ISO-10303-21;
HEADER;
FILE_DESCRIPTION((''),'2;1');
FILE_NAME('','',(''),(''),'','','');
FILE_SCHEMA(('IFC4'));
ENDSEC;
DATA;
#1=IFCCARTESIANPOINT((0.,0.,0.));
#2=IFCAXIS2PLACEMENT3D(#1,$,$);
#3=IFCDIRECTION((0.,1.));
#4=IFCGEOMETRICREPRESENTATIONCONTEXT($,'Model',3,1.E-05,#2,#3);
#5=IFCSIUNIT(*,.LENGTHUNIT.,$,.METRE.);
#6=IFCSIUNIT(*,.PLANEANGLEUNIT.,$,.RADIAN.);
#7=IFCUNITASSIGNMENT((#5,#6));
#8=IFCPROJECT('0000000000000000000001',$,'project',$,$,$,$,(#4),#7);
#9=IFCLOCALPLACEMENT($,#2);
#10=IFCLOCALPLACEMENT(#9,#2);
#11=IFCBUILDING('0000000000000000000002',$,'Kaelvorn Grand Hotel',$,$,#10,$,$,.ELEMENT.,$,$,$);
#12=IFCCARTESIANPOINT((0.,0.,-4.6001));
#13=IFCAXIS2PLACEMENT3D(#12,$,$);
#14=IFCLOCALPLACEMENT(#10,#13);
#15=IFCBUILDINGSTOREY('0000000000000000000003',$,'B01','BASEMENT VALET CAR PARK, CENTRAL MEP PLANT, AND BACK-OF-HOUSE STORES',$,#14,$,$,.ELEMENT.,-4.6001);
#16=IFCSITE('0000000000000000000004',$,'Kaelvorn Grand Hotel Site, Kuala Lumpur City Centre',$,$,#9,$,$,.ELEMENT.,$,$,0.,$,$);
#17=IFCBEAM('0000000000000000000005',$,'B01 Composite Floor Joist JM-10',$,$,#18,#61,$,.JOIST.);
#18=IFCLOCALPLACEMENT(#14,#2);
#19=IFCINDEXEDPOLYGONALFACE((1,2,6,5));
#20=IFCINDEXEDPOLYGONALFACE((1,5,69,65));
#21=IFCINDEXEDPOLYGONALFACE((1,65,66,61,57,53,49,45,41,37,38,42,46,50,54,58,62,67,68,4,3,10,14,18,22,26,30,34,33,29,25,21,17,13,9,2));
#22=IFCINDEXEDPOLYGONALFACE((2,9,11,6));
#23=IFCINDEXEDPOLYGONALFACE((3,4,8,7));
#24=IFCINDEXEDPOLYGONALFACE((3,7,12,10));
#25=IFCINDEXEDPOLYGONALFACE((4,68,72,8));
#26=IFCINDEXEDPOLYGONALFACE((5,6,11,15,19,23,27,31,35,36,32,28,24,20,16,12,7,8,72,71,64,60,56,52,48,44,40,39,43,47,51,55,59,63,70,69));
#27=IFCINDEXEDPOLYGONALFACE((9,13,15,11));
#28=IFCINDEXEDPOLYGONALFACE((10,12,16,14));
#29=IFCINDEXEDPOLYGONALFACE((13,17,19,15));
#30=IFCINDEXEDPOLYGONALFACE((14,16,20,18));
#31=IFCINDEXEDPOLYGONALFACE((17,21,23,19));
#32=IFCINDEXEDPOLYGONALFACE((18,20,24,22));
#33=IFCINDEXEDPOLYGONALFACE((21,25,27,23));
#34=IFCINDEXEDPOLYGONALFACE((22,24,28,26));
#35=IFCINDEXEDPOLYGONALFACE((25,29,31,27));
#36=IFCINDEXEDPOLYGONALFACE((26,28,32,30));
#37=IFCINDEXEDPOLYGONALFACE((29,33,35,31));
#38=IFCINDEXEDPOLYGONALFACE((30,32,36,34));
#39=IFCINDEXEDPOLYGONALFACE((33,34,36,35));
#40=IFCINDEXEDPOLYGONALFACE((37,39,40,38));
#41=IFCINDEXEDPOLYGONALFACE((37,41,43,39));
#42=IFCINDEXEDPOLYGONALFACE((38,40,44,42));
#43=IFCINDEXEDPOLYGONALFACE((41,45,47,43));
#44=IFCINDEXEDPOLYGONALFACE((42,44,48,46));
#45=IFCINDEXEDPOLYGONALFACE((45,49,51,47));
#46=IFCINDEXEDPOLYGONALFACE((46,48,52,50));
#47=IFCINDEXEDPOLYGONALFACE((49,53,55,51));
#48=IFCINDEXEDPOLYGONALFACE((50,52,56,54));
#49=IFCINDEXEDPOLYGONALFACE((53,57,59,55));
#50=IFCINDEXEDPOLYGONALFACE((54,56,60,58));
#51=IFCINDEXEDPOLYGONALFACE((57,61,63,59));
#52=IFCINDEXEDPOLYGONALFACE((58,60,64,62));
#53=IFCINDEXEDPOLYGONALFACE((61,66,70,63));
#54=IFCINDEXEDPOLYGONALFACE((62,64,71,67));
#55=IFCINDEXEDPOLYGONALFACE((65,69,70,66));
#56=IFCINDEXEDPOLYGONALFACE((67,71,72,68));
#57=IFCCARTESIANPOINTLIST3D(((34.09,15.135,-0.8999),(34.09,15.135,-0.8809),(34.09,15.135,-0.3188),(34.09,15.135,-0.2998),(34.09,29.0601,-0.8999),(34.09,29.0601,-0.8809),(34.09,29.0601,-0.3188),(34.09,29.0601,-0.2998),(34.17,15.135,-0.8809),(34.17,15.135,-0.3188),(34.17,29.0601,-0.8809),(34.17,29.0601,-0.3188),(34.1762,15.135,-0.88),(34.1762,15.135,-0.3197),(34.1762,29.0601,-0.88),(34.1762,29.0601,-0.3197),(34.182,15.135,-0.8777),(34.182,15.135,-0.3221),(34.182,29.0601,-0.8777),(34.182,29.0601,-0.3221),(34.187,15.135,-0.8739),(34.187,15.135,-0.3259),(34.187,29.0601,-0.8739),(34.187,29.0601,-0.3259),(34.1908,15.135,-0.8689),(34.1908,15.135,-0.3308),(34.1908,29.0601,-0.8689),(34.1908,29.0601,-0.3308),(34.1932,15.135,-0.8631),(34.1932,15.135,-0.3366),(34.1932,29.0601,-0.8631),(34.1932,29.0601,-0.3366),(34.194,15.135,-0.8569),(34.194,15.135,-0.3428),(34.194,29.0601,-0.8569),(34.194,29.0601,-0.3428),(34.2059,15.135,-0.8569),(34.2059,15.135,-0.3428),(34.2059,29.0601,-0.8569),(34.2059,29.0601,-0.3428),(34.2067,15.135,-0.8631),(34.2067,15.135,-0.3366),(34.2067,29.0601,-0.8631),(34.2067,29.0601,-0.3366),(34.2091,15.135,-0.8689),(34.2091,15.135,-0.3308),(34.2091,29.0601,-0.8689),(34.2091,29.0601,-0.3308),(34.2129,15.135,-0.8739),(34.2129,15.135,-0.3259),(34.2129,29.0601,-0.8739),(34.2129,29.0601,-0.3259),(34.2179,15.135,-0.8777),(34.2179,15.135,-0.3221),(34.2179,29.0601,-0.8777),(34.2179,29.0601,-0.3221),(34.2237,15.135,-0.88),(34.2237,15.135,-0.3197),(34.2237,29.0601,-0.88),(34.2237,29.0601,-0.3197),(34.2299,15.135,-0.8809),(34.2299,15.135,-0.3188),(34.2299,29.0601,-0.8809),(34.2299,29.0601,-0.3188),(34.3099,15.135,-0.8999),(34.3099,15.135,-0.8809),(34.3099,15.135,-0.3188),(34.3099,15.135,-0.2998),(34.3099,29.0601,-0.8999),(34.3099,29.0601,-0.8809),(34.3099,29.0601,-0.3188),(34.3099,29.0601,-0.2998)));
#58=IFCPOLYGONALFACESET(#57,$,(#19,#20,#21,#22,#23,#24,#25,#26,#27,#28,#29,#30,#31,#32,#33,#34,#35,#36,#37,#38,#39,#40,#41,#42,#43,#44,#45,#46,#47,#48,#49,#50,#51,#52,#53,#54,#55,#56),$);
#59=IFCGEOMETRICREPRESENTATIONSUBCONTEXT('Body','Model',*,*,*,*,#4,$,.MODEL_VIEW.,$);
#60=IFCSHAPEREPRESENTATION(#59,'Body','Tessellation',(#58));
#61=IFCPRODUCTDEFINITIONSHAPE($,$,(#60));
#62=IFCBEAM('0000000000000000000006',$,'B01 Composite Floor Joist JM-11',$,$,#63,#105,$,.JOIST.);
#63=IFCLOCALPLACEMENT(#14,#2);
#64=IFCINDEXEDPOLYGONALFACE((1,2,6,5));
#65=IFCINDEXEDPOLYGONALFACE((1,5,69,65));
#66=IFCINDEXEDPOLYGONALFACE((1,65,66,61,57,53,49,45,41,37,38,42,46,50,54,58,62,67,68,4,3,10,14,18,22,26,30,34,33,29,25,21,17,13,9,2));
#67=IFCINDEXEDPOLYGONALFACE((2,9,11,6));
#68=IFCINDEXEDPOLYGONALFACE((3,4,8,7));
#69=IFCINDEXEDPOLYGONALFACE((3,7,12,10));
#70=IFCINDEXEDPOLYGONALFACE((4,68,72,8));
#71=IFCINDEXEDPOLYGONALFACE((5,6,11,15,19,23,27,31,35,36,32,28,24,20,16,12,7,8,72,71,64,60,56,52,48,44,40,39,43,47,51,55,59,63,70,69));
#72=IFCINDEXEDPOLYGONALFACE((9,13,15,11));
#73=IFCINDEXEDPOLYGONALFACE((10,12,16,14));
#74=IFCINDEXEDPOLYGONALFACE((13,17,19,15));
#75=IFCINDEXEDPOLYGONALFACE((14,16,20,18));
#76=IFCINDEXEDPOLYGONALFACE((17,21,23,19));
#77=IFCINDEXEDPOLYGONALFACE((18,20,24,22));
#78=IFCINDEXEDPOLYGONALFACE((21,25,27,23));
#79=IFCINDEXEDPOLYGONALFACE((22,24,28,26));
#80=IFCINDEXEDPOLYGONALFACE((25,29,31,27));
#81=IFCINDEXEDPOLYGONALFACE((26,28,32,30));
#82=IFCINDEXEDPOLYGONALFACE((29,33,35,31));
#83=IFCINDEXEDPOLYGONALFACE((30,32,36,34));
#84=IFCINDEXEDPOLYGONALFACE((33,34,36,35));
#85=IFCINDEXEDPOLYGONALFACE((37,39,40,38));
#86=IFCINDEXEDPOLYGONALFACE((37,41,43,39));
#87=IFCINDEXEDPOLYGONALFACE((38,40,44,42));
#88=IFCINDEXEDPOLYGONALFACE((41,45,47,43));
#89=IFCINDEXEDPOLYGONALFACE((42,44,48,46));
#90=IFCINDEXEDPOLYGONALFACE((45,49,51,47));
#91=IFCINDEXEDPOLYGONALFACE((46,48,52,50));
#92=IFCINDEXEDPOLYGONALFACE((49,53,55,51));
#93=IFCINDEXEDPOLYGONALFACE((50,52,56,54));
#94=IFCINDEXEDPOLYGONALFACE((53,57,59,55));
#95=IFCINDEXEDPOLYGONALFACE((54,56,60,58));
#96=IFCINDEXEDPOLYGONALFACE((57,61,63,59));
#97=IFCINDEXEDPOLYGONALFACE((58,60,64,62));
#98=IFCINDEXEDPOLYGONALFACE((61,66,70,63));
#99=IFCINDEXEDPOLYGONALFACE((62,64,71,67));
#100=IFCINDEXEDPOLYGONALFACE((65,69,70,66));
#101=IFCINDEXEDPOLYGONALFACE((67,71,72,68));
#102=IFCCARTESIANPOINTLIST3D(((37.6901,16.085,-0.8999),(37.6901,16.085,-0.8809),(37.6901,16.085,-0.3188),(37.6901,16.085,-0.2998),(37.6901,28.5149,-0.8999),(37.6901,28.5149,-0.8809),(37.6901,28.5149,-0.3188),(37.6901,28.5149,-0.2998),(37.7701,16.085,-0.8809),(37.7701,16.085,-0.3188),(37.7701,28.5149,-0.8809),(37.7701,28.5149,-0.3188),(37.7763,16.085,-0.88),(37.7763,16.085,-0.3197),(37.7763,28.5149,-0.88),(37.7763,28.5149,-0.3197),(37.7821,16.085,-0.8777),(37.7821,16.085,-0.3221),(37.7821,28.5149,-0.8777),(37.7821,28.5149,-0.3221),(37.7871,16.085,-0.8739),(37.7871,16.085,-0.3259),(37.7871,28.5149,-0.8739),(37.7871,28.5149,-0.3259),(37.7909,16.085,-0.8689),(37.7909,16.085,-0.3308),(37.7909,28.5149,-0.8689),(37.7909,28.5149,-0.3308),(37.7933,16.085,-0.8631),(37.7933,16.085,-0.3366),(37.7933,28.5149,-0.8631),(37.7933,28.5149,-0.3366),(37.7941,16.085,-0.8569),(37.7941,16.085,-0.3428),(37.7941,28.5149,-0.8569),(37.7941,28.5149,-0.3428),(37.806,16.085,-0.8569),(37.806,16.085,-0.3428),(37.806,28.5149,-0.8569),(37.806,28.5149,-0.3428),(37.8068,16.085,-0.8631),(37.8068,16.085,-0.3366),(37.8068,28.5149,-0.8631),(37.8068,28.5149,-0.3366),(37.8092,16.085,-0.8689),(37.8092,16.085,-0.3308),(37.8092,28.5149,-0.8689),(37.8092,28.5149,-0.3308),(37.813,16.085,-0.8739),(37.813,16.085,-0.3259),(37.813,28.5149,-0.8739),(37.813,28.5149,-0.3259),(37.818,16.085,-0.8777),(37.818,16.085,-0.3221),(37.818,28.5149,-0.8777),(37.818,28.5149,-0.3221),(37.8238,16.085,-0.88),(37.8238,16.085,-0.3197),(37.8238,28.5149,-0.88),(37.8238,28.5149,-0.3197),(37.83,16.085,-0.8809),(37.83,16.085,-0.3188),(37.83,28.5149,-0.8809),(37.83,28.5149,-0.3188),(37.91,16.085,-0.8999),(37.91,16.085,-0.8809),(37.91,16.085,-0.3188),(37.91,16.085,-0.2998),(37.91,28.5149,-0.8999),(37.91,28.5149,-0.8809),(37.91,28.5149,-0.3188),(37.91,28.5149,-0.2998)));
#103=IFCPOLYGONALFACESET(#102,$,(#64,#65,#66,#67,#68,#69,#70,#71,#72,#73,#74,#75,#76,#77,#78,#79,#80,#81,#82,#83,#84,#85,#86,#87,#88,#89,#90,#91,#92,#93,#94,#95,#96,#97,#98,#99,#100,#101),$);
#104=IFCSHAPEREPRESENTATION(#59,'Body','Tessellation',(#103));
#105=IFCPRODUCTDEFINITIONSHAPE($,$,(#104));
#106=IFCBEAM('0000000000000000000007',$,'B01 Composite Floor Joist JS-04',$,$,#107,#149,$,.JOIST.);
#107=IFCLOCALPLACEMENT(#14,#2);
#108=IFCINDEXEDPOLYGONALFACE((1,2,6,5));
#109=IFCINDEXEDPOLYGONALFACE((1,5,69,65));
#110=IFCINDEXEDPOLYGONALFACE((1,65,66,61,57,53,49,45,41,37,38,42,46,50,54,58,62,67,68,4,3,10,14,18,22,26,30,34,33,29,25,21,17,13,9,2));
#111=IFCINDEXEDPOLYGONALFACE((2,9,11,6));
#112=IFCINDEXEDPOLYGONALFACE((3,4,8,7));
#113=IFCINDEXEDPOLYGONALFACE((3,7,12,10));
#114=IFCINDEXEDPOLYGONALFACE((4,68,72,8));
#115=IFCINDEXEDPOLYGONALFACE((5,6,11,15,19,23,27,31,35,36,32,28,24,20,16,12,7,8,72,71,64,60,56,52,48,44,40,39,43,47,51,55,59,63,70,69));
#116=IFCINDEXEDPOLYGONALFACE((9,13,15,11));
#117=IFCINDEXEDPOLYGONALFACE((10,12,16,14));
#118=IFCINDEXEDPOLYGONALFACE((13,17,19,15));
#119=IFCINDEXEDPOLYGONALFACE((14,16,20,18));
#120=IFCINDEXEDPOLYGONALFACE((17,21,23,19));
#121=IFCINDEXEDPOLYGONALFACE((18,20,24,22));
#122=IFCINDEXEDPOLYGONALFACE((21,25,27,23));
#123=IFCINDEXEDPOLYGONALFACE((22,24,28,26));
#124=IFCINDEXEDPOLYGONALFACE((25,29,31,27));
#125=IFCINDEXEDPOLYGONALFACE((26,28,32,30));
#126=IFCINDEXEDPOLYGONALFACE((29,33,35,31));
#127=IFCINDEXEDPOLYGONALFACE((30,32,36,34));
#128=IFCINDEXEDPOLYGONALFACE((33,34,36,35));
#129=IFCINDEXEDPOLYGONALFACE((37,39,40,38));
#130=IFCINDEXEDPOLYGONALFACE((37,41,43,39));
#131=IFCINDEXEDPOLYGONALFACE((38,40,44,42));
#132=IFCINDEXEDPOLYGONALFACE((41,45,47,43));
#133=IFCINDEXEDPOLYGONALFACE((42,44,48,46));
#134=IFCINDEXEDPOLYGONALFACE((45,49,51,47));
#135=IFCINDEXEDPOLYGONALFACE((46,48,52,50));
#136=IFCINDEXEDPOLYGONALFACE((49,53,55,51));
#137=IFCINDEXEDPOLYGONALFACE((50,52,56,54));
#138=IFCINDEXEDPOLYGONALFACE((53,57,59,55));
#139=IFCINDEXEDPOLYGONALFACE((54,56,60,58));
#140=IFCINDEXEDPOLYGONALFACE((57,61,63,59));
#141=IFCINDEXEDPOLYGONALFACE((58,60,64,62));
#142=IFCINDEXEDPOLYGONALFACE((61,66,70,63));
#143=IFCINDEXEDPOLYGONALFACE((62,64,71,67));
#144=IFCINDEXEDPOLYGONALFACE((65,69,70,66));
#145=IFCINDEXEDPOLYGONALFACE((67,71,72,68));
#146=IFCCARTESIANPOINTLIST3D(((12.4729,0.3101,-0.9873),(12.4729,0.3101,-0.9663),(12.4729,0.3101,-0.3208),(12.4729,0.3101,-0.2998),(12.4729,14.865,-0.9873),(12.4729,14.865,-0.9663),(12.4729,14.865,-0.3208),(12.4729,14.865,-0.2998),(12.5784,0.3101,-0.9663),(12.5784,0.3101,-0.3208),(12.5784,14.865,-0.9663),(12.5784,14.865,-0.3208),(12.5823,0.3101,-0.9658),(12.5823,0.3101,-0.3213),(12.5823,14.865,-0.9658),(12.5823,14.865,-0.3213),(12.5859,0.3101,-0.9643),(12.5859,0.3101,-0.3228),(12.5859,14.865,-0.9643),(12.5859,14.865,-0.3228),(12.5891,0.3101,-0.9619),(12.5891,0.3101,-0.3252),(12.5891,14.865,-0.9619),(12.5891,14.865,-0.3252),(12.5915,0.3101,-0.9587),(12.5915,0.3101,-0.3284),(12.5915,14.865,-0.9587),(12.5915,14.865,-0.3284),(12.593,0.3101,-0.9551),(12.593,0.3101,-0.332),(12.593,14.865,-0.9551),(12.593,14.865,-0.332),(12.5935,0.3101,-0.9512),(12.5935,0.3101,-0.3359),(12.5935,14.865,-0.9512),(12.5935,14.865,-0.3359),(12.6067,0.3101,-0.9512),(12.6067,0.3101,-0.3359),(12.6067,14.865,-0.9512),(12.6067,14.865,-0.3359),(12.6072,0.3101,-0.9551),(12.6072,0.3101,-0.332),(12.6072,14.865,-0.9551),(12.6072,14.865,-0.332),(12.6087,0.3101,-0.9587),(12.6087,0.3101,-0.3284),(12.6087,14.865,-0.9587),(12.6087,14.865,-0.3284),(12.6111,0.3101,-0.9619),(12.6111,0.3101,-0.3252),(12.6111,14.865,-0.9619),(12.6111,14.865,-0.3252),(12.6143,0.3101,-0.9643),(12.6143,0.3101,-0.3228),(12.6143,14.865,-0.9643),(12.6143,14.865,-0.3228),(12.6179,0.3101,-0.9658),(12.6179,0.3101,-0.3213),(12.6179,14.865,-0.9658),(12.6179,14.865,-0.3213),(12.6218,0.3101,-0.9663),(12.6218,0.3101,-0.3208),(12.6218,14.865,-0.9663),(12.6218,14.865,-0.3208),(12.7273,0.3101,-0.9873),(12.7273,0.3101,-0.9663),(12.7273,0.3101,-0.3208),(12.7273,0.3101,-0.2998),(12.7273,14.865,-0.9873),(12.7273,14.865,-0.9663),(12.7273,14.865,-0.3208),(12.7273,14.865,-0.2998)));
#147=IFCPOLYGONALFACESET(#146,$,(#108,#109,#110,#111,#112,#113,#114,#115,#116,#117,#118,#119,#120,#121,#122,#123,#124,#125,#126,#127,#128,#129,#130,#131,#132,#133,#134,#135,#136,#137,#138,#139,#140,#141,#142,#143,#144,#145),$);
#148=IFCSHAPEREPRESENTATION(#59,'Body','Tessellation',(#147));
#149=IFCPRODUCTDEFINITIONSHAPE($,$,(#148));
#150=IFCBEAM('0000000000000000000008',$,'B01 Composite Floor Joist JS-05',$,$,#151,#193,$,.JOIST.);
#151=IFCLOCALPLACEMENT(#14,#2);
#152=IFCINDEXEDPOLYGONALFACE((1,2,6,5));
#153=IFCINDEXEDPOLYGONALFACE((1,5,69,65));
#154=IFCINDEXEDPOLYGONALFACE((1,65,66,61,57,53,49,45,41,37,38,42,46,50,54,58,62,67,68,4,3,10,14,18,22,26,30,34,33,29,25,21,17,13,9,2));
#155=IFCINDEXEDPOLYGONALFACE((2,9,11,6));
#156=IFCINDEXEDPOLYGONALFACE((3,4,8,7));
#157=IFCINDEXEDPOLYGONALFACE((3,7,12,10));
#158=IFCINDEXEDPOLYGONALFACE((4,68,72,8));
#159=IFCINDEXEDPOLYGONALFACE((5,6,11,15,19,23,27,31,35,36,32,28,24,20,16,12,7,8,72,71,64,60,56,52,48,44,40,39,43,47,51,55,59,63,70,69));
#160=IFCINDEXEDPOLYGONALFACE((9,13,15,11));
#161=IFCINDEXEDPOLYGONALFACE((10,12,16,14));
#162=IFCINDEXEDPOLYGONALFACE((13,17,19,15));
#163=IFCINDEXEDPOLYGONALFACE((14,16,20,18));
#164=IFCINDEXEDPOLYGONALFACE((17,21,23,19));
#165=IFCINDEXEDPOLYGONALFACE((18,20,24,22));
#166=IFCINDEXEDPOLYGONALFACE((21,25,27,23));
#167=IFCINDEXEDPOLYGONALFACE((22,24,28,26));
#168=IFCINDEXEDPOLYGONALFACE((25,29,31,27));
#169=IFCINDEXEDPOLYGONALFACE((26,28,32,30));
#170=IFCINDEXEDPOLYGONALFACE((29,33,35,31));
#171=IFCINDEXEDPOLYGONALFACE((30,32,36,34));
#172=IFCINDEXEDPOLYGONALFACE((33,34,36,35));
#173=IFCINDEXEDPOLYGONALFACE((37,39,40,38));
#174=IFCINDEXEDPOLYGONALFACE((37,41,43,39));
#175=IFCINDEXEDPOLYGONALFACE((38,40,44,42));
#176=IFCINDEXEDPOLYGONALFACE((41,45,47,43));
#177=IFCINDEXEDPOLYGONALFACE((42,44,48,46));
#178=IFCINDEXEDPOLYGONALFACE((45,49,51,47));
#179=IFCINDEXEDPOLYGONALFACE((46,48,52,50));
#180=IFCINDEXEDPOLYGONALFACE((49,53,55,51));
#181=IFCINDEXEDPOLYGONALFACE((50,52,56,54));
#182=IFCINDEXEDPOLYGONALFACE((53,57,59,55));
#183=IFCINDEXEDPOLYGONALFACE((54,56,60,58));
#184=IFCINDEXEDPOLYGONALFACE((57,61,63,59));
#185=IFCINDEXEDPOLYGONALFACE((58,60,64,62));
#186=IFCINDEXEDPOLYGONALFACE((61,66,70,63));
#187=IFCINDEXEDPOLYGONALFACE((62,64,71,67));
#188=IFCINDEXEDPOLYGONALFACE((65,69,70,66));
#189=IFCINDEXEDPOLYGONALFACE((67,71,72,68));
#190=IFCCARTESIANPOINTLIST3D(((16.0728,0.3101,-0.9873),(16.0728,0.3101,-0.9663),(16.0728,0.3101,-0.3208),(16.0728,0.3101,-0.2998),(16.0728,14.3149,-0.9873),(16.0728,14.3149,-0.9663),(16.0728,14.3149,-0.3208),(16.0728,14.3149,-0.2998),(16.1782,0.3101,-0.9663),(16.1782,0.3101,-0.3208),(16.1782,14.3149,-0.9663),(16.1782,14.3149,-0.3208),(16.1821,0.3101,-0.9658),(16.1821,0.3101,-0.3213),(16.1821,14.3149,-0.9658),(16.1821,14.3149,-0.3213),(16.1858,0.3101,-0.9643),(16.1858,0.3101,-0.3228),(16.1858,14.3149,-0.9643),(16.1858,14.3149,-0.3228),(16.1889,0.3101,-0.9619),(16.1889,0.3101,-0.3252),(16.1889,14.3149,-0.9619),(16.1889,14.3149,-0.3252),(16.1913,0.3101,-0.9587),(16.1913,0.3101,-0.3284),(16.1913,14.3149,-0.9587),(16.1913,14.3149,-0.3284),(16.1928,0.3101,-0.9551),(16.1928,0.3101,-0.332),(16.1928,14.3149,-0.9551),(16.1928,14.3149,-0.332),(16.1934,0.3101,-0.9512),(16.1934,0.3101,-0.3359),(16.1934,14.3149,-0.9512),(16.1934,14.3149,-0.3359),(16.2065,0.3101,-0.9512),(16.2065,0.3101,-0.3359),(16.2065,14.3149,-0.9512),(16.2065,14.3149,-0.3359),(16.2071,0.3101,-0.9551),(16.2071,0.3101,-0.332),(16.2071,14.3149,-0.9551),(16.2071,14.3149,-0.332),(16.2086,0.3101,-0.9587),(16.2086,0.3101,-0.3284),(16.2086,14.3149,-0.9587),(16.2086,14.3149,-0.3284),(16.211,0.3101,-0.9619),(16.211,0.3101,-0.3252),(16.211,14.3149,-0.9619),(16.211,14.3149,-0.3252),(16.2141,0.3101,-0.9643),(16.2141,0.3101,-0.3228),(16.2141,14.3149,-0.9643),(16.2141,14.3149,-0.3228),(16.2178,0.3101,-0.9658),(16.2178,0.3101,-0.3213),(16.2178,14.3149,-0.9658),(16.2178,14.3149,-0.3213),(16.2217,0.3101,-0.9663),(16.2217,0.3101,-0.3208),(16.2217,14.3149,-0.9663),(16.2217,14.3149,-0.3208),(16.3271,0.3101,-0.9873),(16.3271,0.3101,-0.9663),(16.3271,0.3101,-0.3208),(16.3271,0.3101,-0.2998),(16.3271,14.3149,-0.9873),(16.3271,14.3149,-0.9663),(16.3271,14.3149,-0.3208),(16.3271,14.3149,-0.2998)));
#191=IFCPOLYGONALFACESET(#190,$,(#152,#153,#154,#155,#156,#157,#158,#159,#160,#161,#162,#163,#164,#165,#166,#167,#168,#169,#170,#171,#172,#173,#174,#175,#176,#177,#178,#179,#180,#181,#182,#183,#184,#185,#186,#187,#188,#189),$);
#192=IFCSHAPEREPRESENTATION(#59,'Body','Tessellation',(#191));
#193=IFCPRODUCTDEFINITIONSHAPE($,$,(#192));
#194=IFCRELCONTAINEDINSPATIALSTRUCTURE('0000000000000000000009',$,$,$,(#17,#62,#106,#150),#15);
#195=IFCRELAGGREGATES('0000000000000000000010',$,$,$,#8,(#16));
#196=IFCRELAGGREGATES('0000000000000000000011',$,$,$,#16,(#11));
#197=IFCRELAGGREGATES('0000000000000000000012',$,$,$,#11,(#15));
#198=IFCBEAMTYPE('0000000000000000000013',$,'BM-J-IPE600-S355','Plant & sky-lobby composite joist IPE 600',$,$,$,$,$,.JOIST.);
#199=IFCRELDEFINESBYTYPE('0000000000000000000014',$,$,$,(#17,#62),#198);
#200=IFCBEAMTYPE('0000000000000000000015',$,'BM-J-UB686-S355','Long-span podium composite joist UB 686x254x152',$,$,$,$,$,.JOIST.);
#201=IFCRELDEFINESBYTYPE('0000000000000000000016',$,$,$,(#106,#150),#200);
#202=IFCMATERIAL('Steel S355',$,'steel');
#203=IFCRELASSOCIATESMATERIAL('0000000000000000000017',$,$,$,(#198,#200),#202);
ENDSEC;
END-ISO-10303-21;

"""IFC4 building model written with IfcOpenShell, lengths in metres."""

from ifc_helpers import new_model, si_unit, direction, frame, origin, origin_2d, place, context, subcontext, project, spatial, i_section, extrude, material, material_profile, profile_set, type_object, element, save


model = new_model("IFC4")

# Units and contexts
model_context = context("Model", 3, precision=1e-05, world=origin(), true_north=direction((0.0, 1.0)))
body_context = subcontext(model_context, "Body", "Model", "MODEL_VIEW")
ifc_project = project(units=[si_unit("LENGTHUNIT", "METRE"), si_unit("PLANEANGLEUNIT", "RADIAN")], contexts=[model_context])

# Site, building, storey
site_placement = place(None, origin())
site = spatial("IfcSite", under=ifc_project, at=site_placement, Name="Kaelvorn Grand Hotel Site, Kuala Lumpur City Centre", CompositionType="ELEMENT", RefElevation=0.0)
building_placement = place(site_placement, origin())
building = spatial("IfcBuilding", under=site, at=building_placement, Name="Kaelvorn Grand Hotel", CompositionType="ELEMENT")
storey_placement = place(building_placement, frame((0.0, 0.0, -4.6001)))
storey = spatial("IfcBuildingStorey", under=building, at=storey_placement, Name="B01", Description="BASEMENT VALET CAR PARK, CENTRAL MEP PLANT, AND BACK-OF-HOUSE STORES", CompositionType="ELEMENT", Elevation=-4.6001)

# Beams
ifc_material_1 = material(Name="Steel S355", Category="steel")
ifc_material_profile_1 = material_profile(ifc_material_1, i_section(OverallWidth=0.22, OverallDepth=0.6001, WebThickness=0.012, FlangeThickness=0.019, FilletRadius=0.0239, at=origin_2d()), Name="IPE 600")
ifc_profile_set_1 = profile_set([ifc_material_profile_1], Name="Steel S355")
beam_type_1 = type_object("IfcBeamType", Name="BM-J-IPE600-S355", Description="Plant & sky-lobby composite joist IPE 600", PredefinedType="JOIST", material=ifc_profile_set_1)
for number, where, z_axis, x_axis, name in (
    (1, (34.2, 15.135, -0.5999), (0.0, 1.0, 0.0), (-1.0, 0.0, 0.0), "B01 Composite Floor Joist JM-10"),
):
    element("IfcBeam", number, at=place(storey_placement, frame(where, z_axis=z_axis, x_axis=x_axis)), inside=storey, type_object=beam_type_1, Name=name, PredefinedType="JOIST", context=body_context, shape_type="SweptSolid", body=[
        extrude(i_section(OverallWidth=0.22, OverallDepth=0.6001, WebThickness=0.012, FlangeThickness=0.019, FilletRadius=0.0239, at=origin_2d()), origin(), (0.0, 0.0, 1.0), 13.925),
    ])
beam_1_placement = place(storey_placement, frame((37.8, 16.085, -0.5999), z_axis=(0.0, 1.0, 0.0), x_axis=(-1.0, 0.0, 0.0)))
element("IfcBeam", 2, at=beam_1_placement, inside=storey, type_object=beam_type_1, Name="B01 Composite Floor Joist JM-11", PredefinedType="JOIST", context=body_context, shape_type="SweptSolid", body=[
    extrude(i_section(OverallWidth=0.22, OverallDepth=0.6001, WebThickness=0.012, FlangeThickness=0.019, FilletRadius=0.0239, at=origin_2d()), origin(), (0.0, 0.0, 1.0), 12.4299),
])
ifc_material_profile_2 = material_profile(ifc_material_1, i_section(OverallWidth=0.2544, OverallDepth=0.6875, WebThickness=0.0132, FlangeThickness=0.021, FilletRadius=0.0151, at=origin_2d()), Name="UB 686x254x152")
ifc_profile_set_2 = profile_set([ifc_material_profile_2], Name="Steel S355")
beam_type_2 = type_object("IfcBeamType", Name="BM-J-UB686-S355", Description="Long-span podium composite joist UB 686x254x152", PredefinedType="JOIST", material=ifc_profile_set_2)
beam_2_placement = place(storey_placement, frame((12.6001, 0.3101, -0.6436), z_axis=(0.0, 1.0, 0.0), x_axis=(-1.0, 0.0, 0.0)))
element("IfcBeam", 3, at=beam_2_placement, inside=storey, type_object=beam_type_2, Name="B01 Composite Floor Joist JS-04", PredefinedType="JOIST", context=body_context, shape_type="SweptSolid", body=[
    extrude(i_section(OverallWidth=0.2544, OverallDepth=0.6875, WebThickness=0.0132, FlangeThickness=0.021, FilletRadius=0.0151, at=origin_2d()), origin(), (0.0, 0.0, 1.0), 14.5549),
])
beam_3_placement = place(storey_placement, frame((16.2, 0.3101, -0.6436), z_axis=(0.0, 1.0, 0.0), x_axis=(-1.0, 0.0, 0.0)))
element("IfcBeam", 4, at=beam_3_placement, inside=storey, type_object=beam_type_2, Name="B01 Composite Floor Joist JS-05", PredefinedType="JOIST", context=body_context, shape_type="SweptSolid", body=[
    extrude(i_section(OverallWidth=0.2544, OverallDepth=0.6875, WebThickness=0.0132, FlangeThickness=0.021, FilletRadius=0.0151, at=origin_2d()), origin(), (0.0, 0.0, 1.0), 14.0049),
])

save(model, "model.ifc")
